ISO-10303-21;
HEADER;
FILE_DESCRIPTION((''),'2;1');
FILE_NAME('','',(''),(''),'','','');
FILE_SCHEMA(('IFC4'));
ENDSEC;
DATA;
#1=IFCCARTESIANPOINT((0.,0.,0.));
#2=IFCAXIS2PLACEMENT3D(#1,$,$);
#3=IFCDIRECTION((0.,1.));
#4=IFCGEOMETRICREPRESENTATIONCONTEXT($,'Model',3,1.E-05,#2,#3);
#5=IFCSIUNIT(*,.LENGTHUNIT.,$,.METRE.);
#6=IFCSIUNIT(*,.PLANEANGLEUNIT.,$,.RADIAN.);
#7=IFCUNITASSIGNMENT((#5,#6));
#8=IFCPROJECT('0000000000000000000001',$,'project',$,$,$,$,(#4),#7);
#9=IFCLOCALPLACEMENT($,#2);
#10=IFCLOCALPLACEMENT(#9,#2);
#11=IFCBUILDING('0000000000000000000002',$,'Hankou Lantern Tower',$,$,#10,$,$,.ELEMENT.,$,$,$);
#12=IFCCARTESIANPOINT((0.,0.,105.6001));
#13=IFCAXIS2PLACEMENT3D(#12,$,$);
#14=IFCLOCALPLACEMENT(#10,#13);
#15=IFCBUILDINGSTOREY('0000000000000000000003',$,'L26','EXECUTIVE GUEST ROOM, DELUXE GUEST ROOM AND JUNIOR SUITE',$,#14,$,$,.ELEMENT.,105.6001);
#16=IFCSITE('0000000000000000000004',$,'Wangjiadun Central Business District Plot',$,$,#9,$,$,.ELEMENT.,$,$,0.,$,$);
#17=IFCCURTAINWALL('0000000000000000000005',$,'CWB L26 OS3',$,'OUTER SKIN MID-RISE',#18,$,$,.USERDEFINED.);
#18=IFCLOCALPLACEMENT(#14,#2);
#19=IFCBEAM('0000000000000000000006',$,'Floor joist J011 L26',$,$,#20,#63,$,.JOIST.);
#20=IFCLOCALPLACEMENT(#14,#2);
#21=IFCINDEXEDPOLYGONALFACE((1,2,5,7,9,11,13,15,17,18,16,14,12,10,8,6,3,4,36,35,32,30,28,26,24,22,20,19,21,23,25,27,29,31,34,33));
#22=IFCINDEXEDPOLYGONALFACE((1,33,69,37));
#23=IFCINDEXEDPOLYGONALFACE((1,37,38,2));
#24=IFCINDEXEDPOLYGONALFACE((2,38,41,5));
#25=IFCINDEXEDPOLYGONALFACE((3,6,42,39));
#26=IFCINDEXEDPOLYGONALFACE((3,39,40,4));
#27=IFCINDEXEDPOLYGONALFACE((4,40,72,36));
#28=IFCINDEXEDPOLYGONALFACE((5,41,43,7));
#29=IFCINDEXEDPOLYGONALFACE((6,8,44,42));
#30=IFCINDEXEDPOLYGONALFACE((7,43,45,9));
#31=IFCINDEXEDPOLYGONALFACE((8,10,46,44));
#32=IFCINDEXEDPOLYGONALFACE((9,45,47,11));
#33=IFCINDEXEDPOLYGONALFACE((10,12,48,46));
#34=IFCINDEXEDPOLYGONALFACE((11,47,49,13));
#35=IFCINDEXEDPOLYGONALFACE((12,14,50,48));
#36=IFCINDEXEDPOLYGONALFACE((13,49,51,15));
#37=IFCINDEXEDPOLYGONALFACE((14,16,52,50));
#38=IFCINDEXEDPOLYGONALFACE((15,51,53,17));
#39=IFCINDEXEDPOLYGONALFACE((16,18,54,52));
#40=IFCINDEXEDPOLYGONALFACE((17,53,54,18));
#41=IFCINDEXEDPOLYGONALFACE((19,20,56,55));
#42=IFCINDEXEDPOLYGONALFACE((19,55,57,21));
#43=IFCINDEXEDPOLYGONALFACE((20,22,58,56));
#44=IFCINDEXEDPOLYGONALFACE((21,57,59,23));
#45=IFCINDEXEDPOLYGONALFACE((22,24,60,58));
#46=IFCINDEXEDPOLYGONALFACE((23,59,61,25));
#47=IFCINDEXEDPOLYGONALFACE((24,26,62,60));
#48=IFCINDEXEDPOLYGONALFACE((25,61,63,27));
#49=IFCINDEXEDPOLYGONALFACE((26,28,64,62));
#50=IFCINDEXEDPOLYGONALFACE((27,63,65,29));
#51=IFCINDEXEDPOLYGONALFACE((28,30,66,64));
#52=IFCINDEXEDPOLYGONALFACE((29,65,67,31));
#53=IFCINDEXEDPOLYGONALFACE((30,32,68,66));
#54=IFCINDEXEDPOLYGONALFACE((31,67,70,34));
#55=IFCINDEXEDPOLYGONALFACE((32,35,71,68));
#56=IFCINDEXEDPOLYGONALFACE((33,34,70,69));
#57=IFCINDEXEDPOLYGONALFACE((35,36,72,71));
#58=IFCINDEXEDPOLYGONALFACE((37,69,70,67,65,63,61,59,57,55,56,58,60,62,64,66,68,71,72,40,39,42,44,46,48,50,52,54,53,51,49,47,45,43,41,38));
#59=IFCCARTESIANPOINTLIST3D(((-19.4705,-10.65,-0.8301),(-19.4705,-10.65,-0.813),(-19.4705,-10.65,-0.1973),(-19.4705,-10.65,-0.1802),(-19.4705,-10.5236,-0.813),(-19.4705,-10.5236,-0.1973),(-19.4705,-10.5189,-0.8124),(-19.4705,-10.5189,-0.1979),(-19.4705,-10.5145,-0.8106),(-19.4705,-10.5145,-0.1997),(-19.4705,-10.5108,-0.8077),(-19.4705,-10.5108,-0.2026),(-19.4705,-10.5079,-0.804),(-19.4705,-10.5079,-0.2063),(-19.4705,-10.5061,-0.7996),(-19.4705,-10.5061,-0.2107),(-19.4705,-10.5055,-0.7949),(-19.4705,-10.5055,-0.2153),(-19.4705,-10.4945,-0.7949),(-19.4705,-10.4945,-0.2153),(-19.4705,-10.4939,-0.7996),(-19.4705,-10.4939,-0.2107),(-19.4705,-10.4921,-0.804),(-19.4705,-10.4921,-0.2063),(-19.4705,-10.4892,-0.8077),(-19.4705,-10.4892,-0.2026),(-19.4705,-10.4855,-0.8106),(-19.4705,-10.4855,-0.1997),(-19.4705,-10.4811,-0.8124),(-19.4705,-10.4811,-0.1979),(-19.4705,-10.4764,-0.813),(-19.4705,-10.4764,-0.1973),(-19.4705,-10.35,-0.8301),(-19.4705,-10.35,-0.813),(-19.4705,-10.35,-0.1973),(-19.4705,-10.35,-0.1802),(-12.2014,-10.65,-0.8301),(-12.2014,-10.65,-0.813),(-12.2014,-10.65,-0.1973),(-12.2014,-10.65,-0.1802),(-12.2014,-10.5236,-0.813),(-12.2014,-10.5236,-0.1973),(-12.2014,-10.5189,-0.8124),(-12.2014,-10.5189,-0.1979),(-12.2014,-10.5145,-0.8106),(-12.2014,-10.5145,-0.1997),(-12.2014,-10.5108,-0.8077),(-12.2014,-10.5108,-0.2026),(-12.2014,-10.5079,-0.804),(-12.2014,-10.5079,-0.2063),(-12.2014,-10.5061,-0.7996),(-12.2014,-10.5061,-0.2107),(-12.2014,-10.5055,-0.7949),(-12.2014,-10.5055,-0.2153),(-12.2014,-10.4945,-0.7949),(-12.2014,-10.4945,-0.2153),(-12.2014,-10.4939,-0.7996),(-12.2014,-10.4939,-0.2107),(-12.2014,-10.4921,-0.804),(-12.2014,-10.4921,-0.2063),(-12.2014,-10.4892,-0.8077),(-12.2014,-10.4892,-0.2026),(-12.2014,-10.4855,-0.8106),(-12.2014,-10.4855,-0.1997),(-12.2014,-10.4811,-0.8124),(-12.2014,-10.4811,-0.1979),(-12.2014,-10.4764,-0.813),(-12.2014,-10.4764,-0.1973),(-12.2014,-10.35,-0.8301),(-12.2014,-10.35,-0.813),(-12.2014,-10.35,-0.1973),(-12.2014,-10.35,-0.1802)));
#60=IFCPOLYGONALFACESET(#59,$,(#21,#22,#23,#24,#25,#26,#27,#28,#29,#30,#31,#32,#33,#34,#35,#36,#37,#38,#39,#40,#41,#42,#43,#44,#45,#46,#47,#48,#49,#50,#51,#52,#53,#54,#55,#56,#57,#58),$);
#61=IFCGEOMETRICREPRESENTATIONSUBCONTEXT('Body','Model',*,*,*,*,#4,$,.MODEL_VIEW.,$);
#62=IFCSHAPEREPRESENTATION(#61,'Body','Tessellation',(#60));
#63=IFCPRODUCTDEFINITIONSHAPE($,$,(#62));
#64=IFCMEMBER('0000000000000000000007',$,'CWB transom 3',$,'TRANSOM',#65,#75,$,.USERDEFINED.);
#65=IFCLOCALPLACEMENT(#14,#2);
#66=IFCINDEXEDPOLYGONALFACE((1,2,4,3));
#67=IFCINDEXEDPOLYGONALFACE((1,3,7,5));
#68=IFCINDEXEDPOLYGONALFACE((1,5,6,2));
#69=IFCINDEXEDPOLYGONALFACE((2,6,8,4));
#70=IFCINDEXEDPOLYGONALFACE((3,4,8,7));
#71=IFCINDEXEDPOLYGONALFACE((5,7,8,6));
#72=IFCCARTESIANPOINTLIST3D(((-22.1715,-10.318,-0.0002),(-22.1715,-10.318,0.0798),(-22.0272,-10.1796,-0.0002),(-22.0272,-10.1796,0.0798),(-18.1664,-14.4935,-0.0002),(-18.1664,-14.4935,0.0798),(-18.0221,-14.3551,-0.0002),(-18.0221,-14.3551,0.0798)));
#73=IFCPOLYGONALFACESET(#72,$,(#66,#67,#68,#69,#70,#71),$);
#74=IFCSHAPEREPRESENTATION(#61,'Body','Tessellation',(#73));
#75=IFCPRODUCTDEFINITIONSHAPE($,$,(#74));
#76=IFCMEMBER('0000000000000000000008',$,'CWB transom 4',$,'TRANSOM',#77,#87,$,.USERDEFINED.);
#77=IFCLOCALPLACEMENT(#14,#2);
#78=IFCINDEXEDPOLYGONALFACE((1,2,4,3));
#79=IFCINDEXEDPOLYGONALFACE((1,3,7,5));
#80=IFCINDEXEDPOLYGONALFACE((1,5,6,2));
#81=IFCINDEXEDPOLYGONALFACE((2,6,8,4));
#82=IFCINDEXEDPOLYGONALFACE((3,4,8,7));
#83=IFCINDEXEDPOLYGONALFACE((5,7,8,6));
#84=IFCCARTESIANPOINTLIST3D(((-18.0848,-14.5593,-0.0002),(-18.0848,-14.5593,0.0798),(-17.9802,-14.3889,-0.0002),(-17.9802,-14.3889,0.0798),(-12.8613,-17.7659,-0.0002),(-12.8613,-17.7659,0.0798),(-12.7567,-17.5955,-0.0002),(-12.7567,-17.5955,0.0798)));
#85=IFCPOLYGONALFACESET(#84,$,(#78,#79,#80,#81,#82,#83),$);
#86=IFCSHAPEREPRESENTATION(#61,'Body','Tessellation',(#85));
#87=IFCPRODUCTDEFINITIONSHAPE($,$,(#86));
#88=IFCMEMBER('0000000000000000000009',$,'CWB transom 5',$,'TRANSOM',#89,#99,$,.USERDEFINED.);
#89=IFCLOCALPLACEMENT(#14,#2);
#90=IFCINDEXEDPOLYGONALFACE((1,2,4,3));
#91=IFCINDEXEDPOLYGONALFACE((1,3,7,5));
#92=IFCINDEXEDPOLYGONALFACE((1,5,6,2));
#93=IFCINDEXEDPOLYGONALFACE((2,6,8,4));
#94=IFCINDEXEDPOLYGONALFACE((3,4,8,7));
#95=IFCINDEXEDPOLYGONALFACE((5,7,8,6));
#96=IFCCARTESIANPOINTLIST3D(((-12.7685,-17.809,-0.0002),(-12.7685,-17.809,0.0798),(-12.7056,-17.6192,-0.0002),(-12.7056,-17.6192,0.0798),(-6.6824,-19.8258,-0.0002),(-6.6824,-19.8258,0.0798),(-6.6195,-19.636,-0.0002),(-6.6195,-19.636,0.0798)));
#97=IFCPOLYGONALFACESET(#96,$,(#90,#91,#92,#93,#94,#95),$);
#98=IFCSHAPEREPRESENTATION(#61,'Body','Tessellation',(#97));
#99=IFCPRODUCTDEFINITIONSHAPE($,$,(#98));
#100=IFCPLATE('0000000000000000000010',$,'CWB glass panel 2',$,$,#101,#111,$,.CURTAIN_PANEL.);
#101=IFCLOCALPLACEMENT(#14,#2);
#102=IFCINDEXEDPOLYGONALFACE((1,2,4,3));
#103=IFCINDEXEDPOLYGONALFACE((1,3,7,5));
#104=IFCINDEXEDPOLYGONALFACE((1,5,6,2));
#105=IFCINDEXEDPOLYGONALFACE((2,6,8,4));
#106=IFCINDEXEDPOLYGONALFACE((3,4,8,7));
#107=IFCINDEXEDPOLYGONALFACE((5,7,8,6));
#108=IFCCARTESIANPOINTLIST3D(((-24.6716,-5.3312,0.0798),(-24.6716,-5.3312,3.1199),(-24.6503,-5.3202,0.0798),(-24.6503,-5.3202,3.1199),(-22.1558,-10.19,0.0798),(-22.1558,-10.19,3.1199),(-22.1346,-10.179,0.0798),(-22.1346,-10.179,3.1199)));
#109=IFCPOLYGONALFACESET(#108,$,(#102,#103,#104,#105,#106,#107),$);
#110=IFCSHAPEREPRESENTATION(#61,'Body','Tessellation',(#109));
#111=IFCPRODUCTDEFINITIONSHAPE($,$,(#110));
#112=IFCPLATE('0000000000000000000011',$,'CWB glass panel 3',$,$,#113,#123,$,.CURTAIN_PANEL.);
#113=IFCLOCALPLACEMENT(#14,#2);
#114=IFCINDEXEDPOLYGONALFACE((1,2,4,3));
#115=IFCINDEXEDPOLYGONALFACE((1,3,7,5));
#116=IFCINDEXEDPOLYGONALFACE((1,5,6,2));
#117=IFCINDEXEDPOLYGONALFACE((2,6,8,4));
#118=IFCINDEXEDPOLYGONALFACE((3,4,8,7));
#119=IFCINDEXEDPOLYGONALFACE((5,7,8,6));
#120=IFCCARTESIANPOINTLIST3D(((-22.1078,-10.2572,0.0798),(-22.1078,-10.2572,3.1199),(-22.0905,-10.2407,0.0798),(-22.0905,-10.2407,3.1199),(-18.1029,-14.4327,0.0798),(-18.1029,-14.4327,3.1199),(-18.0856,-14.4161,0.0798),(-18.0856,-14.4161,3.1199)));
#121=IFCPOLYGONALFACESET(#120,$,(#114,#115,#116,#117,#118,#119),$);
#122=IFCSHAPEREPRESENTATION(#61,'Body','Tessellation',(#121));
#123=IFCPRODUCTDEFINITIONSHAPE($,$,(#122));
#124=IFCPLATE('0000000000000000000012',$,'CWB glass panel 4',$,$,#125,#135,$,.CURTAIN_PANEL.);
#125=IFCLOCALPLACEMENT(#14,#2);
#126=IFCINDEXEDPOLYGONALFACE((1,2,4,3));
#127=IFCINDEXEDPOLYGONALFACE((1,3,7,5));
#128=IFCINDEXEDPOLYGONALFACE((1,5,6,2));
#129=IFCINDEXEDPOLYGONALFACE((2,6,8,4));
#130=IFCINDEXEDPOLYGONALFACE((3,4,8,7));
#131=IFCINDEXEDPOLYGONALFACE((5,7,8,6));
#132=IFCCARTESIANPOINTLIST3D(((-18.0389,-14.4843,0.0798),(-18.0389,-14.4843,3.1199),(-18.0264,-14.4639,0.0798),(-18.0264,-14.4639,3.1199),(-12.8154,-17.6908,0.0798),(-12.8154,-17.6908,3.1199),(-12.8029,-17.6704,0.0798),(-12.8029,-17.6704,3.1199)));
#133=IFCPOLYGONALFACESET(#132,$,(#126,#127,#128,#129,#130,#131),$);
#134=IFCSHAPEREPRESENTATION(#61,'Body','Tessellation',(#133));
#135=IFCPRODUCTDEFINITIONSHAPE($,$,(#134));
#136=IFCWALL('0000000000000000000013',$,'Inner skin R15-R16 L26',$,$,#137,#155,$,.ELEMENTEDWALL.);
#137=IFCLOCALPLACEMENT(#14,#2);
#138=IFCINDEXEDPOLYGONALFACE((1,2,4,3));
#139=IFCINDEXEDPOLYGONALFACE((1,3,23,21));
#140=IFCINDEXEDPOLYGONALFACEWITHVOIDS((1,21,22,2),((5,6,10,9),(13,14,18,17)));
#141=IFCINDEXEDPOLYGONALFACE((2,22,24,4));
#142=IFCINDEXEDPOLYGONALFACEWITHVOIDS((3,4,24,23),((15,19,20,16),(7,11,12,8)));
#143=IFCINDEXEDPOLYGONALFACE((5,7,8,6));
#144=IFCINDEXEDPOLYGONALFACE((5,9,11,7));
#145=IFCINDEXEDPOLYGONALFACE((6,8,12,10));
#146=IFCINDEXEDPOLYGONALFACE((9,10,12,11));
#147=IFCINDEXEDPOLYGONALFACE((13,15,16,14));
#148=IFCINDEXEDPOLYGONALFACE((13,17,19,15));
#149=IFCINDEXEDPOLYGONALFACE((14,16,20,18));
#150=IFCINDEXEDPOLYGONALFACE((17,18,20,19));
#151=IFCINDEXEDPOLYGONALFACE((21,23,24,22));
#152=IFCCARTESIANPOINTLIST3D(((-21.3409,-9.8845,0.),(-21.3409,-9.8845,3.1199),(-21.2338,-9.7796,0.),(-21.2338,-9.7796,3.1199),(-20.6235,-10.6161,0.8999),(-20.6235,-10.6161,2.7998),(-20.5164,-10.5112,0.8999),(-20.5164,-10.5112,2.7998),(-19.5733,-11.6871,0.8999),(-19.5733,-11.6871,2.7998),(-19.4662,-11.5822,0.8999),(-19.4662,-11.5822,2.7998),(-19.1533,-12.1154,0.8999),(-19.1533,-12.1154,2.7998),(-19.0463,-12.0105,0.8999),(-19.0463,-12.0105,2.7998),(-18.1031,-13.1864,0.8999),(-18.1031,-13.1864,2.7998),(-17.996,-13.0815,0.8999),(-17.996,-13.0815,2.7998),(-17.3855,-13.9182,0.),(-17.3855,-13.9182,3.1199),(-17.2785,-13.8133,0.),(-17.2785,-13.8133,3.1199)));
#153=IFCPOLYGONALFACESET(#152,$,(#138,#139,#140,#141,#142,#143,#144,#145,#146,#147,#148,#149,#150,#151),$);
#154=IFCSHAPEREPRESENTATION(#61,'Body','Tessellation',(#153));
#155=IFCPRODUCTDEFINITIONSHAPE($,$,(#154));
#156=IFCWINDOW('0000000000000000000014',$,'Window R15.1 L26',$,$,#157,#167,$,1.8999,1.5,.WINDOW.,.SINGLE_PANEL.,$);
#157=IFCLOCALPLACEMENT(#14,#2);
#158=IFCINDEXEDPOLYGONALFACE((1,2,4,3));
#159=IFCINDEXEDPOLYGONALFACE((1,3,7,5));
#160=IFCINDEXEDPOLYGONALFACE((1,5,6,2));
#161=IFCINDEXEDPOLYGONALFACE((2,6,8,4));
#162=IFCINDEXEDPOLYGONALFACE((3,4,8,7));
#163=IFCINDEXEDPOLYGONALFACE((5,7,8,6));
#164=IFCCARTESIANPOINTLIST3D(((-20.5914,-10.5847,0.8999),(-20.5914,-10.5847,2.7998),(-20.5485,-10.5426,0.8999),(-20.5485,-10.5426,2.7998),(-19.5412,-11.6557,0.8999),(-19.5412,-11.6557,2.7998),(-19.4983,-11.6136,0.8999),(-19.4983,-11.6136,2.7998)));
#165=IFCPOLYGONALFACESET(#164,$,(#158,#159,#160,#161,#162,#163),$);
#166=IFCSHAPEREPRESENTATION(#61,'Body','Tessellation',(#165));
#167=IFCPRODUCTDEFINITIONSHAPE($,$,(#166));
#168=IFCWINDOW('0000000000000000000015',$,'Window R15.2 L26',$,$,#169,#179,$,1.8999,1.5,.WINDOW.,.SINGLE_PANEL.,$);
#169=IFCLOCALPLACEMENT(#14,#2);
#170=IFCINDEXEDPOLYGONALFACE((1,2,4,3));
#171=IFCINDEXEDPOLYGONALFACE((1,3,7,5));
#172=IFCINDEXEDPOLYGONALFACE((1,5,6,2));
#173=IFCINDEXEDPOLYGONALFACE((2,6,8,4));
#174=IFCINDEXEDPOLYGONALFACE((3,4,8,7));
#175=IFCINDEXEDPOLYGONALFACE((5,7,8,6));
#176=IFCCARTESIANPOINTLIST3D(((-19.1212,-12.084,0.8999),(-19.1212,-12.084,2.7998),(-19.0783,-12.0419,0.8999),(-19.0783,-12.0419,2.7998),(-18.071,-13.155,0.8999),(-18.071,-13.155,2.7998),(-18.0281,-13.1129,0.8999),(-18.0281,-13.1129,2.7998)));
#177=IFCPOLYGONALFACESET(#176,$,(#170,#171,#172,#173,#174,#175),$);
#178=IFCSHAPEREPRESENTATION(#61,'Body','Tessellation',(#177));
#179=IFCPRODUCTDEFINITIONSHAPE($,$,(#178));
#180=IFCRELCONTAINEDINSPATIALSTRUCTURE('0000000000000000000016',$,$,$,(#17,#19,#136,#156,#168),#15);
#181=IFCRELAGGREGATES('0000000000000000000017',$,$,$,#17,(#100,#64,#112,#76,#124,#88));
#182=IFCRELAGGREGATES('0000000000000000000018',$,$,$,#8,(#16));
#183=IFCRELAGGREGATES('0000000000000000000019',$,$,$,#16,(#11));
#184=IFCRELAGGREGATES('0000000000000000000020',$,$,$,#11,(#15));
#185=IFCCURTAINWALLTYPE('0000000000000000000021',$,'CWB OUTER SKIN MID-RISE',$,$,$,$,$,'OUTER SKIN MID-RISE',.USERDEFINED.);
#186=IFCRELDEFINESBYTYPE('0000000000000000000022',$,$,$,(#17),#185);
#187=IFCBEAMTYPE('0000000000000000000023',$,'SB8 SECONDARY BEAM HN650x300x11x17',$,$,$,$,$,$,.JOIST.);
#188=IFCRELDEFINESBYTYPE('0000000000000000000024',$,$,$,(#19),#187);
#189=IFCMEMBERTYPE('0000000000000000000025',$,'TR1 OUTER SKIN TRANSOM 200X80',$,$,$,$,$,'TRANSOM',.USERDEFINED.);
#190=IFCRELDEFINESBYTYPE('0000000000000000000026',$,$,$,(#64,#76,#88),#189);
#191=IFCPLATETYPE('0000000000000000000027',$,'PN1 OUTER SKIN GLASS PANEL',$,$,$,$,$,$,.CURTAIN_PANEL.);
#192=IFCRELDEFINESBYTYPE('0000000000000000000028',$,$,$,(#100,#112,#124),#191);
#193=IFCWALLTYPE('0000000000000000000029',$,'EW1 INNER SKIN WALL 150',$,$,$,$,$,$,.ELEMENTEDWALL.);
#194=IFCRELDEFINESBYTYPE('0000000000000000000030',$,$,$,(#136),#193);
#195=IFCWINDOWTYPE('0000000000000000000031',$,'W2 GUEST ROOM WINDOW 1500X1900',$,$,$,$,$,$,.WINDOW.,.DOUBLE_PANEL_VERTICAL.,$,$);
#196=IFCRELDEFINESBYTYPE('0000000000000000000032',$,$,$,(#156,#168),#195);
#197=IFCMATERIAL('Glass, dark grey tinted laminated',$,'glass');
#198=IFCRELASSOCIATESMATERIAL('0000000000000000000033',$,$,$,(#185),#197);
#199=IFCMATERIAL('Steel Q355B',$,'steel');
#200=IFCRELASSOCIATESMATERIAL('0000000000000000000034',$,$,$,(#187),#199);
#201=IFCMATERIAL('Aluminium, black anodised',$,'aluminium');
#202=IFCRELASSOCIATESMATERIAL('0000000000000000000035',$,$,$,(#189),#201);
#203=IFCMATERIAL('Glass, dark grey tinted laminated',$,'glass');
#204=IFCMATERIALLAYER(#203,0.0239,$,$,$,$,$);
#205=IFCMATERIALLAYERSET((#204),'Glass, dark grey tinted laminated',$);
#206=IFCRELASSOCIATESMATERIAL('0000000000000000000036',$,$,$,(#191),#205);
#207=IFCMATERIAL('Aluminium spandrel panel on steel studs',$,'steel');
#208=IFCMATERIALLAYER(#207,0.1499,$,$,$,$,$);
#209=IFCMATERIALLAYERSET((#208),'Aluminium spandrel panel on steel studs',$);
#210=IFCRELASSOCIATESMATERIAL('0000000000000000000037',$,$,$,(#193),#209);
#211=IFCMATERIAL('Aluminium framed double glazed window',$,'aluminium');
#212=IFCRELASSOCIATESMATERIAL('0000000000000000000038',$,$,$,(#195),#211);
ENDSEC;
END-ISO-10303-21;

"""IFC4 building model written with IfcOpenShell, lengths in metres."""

from ifc_helpers import new_model, si_unit, direction, frame, frame_2d, origin, origin_2d, place, context, subcontext, project, spatial, rectangle, i_section, extrude, material, layer, layer_set, material_profile, profile_set, type_object, element, fill, aggregate, save


model = new_model("IFC4")

# Units and contexts
model_context = context("Model", 3, precision=1e-05, world=origin(), true_north=direction((0.0, 1.0)))
body_context = subcontext(model_context, "Body", "Model", "MODEL_VIEW")
ifc_project = project(units=[si_unit("LENGTHUNIT", "METRE"), si_unit("PLANEANGLEUNIT", "RADIAN")], contexts=[model_context])

# Site, building, storey
site_placement = place(None, origin())
site = spatial("IfcSite", under=ifc_project, at=site_placement, Name="Wangjiadun Central Business District Plot", CompositionType="ELEMENT", RefElevation=0.0)
building_placement = place(site_placement, origin())
building = spatial("IfcBuilding", under=site, at=building_placement, Name="Hankou Lantern Tower", CompositionType="ELEMENT")
storey_placement = place(building_placement, frame((0.0, 0.0, 105.6001)))
storey = spatial("IfcBuildingStorey", under=building, at=storey_placement, Name="L26", Description="EXECUTIVE GUEST ROOM, DELUXE GUEST ROOM AND JUNIOR SUITE", CompositionType="ELEMENT", Elevation=105.6001)

# Curtain wall
ifc_material_1 = material(Name="Glass, dark grey tinted laminated", Category="glass")
curtain_wall_type = type_object("IfcCurtainWallType", Name="CWB OUTER SKIN MID-RISE", ElementType="OUTER SKIN MID-RISE", PredefinedType="USERDEFINED", material=ifc_material_1)
curtain_wall_placement = place(storey_placement, origin())
curtain_wall = element("IfcCurtainWall", 1, at=curtain_wall_placement, inside=storey, type_object=curtain_wall_type, Name="CWB L26 OS3", ObjectType="OUTER SKIN MID-RISE", PredefinedType="USERDEFINED")

# Beam
ifc_material_2 = material(Name="Steel Q355B", Category="steel")
ifc_material_profile_1 = material_profile(ifc_material_2, i_section(OverallWidth=0.3, OverallDepth=0.6499, WebThickness=0.011, FlangeThickness=0.0171, FilletRadius=0.0181, at=origin_2d()), Name="HN650x300x11x17")
ifc_profile_set_1 = profile_set([ifc_material_profile_1], Name="Steel Q355B")
beam_type_1 = type_object("IfcBeamType", Name="SB8 SECONDARY BEAM HN650x300x11x17", PredefinedType="JOIST", material=ifc_profile_set_1)
beam_1_placement = place(storey_placement, frame((-19.4705, -10.5, -0.5051), z_axis=(1.0, 0.0, 0.0), x_axis=(0.0, 1.0, 0.0)))
element("IfcBeam", 2, at=beam_1_placement, inside=storey, type_object=beam_type_1, Name="Floor joist J011 L26", PredefinedType="JOIST", context=body_context, shape_type="SweptSolid", body=[
    extrude(i_section(OverallWidth=0.3, OverallDepth=0.6499, WebThickness=0.011, FlangeThickness=0.0171, FilletRadius=0.0181, at=origin_2d()), origin(), (0.0, 0.0, 1.0), 7.269),
])

# Members
ifc_material_3 = material(Name="Aluminium, black anodised", Category="aluminium")
ifc_material_profile_2 = material_profile(ifc_material_3, rectangle(XDim=0.2, YDim=0.0801, at=origin_2d()), Name="TR1 200X80")
ifc_profile_set_2 = profile_set([ifc_material_profile_2], Name="Aluminium, black anodised")
member_type_1 = type_object("IfcMemberType", Name="TR1 OUTER SKIN TRANSOM 200X80", ElementType="TRANSOM", PredefinedType="USERDEFINED", material=ifc_profile_set_2)
member_1_placement = place(storey_placement, frame((-22.0994, -10.2488, 0.0398), z_axis=(0.692227, -0.72168, 0.0), x_axis=(0.72168, 0.692227, 0.0)))
member_1 = element("IfcMember", 3, at=member_1_placement, type_object=member_type_1, Name="CWB transom 3", ObjectType="TRANSOM", PredefinedType="USERDEFINED", context=body_context, shape_type="SweptSolid", body=[
    extrude(rectangle(XDim=0.2, YDim=0.0801, at=origin_2d()), origin(), (0.0, 0.0, 1.0), 5.7859),
])
member_2_placement = place(storey_placement, frame((-18.0325, -14.4741, 0.0398), z_axis=(0.852229, -0.523168, 0.0), x_axis=(0.523168, 0.852229, 0.0)))
member_2 = element("IfcMember", 4, at=member_2_placement, type_object=member_type_1, Name="CWB transom 4", ObjectType="TRANSOM", PredefinedType="USERDEFINED", context=body_context, shape_type="SweptSolid", body=[
    extrude(rectangle(XDim=0.2, YDim=0.0801, at=origin_2d()), origin(), (0.0, 0.0, 1.0), 6.1292),
])
member_3_placement = place(storey_placement, frame((-12.7371, -17.7141, 0.0398), z_axis=(0.949238, -0.314559, 0.0), x_axis=(0.314559, 0.949238, 0.0)))
member_3 = element("IfcMember", 5, at=member_3_placement, type_object=member_type_1, Name="CWB transom 5", ObjectType="TRANSOM", PredefinedType="USERDEFINED", context=body_context, shape_type="SweptSolid", body=[
    extrude(rectangle(XDim=0.2, YDim=0.0801, at=origin_2d()), origin(), (0.0, 0.0, 1.0), 6.4116),
])

# Plates
ifc_material_4 = material(Name="Glass, dark grey tinted laminated", Category="glass")
ifc_layer_1 = layer(ifc_material_4, 0.0239)
ifc_layer_set_1 = layer_set([ifc_layer_1], Name="Glass, dark grey tinted laminated")
plate_type = type_object("IfcPlateType", Name="PN1 OUTER SKIN GLASS PANEL", PredefinedType="CURTAIN_PANEL", material=ifc_layer_set_1)
plate_1_placement = place(storey_placement, frame((-23.4031, -7.7551, 0.0798), z_axis=(0.0, 0.0, 1.0), x_axis=(0.459791, -0.888027, 0.0)))
plate_1 = element("IfcPlate", 6, at=plate_1_placement, type_object=plate_type, Name="CWB glass panel 2", PredefinedType="CURTAIN_PANEL", context=body_context, shape_type="SweptSolid", body=[
    extrude(rectangle(XDim=5.4714, YDim=0.0239, at=origin_2d()), origin(), (0.0, 0.0, 1.0), 3.04),
])
plate_2_placement = place(storey_placement, frame((-20.0967, -12.3367, 0.0798), z_axis=(0.0, 0.0, 1.0), x_axis=(0.692216, -0.721691, 0.0)))
plate_2 = element("IfcPlate", 7, at=plate_2_placement, type_object=plate_type, Name="CWB glass panel 3", PredefinedType="CURTAIN_PANEL", context=body_context, shape_type="SweptSolid", body=[
    extrude(rectangle(XDim=5.7856, YDim=0.0239, at=origin_2d()), origin(), (0.0, 0.0, 1.0), 3.04),
])
plate_3_placement = place(storey_placement, frame((-15.4209, -16.0774, 0.0798), z_axis=(0.0, 0.0, 1.0), x_axis=(0.852237, -0.523156, 0.0)))
plate_3 = element("IfcPlate", 8, at=plate_3_placement, type_object=plate_type, Name="CWB glass panel 4", PredefinedType="CURTAIN_PANEL", context=body_context, shape_type="SweptSolid", body=[
    extrude(rectangle(XDim=6.1292, YDim=0.0239, at=origin_2d()), origin(), (0.0, 0.0, 1.0), 3.04),
])
aggregate(curtain_wall, [plate_1, member_1, plate_2, member_2, plate_3, member_3])

# Wall, openings, windows
ifc_material_5 = material(Name="Aluminium spandrel panel on steel studs", Category="steel")
ifc_layer_2 = layer(ifc_material_5, 0.1499)
ifc_layer_set_2 = layer_set([ifc_layer_2], Name="Aluminium spandrel panel on steel studs")
wall_type_1 = type_object("IfcWallType", Name="EW1 INNER SKIN WALL 150", PredefinedType="ELEMENTEDWALL", material=ifc_layer_set_2)
wall_1_placement = place(storey_placement, frame((-21.2874, -9.832, 0.0), z_axis=(0.0, 0.0, 1.0), x_axis=(0.700137, -0.714009, 0.0)))
wall_1 = element("IfcWall", 9, at=wall_1_placement, inside=storey, type_object=wall_type_1, Name="Inner skin R15-R16 L26", PredefinedType="ELEMENTEDWALL", context=body_context, shape_type="SweptSolid", body=[
    extrude(rectangle(XDim=5.6494, YDim=0.1499, at=frame_2d((2.8247, 0.0))), origin(), (0.0, 0.0, 1.0), 3.1199),
])
opening_1_placement = place(wall_1_placement, frame((1.0247, 0.0, 0.8999)))
opening_1 = element("IfcOpeningElement", 10, at=opening_1_placement, cuts=wall_1, PredefinedType="OPENING", context=body_context, shape_type="SweptSolid", body=[
    extrude(rectangle(XDim=1.5, YDim=1.8999, at=frame_2d((0.75, 0.95))), frame((0.0, 0.085, 0.0), z_axis=(0.0, -1.0, 0.0), x_axis=(1.0, 0.0, 0.0)), (0.0, 0.0, 1.0), 0.1699),
])
opening_2_placement = place(wall_1_placement, frame((3.1245, 0.0, 0.8999)))
opening_2 = element("IfcOpeningElement", 11, at=opening_2_placement, cuts=wall_1, PredefinedType="OPENING", context=body_context, shape_type="SweptSolid", body=[
    extrude(rectangle(XDim=1.5, YDim=1.8999, at=frame_2d((0.75, 0.95))), frame((0.0, 0.085, 0.0), z_axis=(0.0, -1.0, 0.0), x_axis=(1.0, 0.0, 0.0)), (0.0, 0.0, 1.0), 0.1699),
])
ifc_material_6 = material(Name="Aluminium framed double glazed window", Category="aluminium")
window_type = type_object("IfcWindowType", Name="W2 GUEST ROOM WINDOW 1500X1900", PartitioningType="DOUBLE_PANEL_VERTICAL", PredefinedType="WINDOW", material=ifc_material_6)
window_1_placement = place(opening_1_placement, origin())
window_1 = element("IfcWindow", 12, at=window_1_placement, inside=storey, type_object=window_type, Name="Window R15.1 L26", OverallHeight=1.8999, OverallWidth=1.5, PartitioningType="SINGLE_PANEL", PredefinedType="WINDOW", context=body_context, shape_type="SweptSolid", body=[
    extrude(rectangle(XDim=1.5, YDim=1.8999, at=frame_2d((0.75, 0.95))), frame((0.0, 0.03, 0.0), z_axis=(0.0, -1.0, 0.0), x_axis=(1.0, 0.0, 0.0)), (0.0, 0.0, 1.0), 0.0601),
])
fill(opening_1, window_1)
window_2_placement = place(opening_2_placement, origin())
window_2 = element("IfcWindow", 13, at=window_2_placement, inside=storey, type_object=window_type, Name="Window R15.2 L26", OverallHeight=1.8999, OverallWidth=1.5, PartitioningType="SINGLE_PANEL", PredefinedType="WINDOW", context=body_context, shape_type="SweptSolid", body=[
    extrude(rectangle(XDim=1.5, YDim=1.8999, at=frame_2d((0.75, 0.95))), frame((0.0, 0.03, 0.0), z_axis=(0.0, -1.0, 0.0), x_axis=(1.0, 0.0, 0.0)), (0.0, 0.0, 1.0), 0.0601),
])
fill(opening_2, window_2)

save(model, "model.ifc")
